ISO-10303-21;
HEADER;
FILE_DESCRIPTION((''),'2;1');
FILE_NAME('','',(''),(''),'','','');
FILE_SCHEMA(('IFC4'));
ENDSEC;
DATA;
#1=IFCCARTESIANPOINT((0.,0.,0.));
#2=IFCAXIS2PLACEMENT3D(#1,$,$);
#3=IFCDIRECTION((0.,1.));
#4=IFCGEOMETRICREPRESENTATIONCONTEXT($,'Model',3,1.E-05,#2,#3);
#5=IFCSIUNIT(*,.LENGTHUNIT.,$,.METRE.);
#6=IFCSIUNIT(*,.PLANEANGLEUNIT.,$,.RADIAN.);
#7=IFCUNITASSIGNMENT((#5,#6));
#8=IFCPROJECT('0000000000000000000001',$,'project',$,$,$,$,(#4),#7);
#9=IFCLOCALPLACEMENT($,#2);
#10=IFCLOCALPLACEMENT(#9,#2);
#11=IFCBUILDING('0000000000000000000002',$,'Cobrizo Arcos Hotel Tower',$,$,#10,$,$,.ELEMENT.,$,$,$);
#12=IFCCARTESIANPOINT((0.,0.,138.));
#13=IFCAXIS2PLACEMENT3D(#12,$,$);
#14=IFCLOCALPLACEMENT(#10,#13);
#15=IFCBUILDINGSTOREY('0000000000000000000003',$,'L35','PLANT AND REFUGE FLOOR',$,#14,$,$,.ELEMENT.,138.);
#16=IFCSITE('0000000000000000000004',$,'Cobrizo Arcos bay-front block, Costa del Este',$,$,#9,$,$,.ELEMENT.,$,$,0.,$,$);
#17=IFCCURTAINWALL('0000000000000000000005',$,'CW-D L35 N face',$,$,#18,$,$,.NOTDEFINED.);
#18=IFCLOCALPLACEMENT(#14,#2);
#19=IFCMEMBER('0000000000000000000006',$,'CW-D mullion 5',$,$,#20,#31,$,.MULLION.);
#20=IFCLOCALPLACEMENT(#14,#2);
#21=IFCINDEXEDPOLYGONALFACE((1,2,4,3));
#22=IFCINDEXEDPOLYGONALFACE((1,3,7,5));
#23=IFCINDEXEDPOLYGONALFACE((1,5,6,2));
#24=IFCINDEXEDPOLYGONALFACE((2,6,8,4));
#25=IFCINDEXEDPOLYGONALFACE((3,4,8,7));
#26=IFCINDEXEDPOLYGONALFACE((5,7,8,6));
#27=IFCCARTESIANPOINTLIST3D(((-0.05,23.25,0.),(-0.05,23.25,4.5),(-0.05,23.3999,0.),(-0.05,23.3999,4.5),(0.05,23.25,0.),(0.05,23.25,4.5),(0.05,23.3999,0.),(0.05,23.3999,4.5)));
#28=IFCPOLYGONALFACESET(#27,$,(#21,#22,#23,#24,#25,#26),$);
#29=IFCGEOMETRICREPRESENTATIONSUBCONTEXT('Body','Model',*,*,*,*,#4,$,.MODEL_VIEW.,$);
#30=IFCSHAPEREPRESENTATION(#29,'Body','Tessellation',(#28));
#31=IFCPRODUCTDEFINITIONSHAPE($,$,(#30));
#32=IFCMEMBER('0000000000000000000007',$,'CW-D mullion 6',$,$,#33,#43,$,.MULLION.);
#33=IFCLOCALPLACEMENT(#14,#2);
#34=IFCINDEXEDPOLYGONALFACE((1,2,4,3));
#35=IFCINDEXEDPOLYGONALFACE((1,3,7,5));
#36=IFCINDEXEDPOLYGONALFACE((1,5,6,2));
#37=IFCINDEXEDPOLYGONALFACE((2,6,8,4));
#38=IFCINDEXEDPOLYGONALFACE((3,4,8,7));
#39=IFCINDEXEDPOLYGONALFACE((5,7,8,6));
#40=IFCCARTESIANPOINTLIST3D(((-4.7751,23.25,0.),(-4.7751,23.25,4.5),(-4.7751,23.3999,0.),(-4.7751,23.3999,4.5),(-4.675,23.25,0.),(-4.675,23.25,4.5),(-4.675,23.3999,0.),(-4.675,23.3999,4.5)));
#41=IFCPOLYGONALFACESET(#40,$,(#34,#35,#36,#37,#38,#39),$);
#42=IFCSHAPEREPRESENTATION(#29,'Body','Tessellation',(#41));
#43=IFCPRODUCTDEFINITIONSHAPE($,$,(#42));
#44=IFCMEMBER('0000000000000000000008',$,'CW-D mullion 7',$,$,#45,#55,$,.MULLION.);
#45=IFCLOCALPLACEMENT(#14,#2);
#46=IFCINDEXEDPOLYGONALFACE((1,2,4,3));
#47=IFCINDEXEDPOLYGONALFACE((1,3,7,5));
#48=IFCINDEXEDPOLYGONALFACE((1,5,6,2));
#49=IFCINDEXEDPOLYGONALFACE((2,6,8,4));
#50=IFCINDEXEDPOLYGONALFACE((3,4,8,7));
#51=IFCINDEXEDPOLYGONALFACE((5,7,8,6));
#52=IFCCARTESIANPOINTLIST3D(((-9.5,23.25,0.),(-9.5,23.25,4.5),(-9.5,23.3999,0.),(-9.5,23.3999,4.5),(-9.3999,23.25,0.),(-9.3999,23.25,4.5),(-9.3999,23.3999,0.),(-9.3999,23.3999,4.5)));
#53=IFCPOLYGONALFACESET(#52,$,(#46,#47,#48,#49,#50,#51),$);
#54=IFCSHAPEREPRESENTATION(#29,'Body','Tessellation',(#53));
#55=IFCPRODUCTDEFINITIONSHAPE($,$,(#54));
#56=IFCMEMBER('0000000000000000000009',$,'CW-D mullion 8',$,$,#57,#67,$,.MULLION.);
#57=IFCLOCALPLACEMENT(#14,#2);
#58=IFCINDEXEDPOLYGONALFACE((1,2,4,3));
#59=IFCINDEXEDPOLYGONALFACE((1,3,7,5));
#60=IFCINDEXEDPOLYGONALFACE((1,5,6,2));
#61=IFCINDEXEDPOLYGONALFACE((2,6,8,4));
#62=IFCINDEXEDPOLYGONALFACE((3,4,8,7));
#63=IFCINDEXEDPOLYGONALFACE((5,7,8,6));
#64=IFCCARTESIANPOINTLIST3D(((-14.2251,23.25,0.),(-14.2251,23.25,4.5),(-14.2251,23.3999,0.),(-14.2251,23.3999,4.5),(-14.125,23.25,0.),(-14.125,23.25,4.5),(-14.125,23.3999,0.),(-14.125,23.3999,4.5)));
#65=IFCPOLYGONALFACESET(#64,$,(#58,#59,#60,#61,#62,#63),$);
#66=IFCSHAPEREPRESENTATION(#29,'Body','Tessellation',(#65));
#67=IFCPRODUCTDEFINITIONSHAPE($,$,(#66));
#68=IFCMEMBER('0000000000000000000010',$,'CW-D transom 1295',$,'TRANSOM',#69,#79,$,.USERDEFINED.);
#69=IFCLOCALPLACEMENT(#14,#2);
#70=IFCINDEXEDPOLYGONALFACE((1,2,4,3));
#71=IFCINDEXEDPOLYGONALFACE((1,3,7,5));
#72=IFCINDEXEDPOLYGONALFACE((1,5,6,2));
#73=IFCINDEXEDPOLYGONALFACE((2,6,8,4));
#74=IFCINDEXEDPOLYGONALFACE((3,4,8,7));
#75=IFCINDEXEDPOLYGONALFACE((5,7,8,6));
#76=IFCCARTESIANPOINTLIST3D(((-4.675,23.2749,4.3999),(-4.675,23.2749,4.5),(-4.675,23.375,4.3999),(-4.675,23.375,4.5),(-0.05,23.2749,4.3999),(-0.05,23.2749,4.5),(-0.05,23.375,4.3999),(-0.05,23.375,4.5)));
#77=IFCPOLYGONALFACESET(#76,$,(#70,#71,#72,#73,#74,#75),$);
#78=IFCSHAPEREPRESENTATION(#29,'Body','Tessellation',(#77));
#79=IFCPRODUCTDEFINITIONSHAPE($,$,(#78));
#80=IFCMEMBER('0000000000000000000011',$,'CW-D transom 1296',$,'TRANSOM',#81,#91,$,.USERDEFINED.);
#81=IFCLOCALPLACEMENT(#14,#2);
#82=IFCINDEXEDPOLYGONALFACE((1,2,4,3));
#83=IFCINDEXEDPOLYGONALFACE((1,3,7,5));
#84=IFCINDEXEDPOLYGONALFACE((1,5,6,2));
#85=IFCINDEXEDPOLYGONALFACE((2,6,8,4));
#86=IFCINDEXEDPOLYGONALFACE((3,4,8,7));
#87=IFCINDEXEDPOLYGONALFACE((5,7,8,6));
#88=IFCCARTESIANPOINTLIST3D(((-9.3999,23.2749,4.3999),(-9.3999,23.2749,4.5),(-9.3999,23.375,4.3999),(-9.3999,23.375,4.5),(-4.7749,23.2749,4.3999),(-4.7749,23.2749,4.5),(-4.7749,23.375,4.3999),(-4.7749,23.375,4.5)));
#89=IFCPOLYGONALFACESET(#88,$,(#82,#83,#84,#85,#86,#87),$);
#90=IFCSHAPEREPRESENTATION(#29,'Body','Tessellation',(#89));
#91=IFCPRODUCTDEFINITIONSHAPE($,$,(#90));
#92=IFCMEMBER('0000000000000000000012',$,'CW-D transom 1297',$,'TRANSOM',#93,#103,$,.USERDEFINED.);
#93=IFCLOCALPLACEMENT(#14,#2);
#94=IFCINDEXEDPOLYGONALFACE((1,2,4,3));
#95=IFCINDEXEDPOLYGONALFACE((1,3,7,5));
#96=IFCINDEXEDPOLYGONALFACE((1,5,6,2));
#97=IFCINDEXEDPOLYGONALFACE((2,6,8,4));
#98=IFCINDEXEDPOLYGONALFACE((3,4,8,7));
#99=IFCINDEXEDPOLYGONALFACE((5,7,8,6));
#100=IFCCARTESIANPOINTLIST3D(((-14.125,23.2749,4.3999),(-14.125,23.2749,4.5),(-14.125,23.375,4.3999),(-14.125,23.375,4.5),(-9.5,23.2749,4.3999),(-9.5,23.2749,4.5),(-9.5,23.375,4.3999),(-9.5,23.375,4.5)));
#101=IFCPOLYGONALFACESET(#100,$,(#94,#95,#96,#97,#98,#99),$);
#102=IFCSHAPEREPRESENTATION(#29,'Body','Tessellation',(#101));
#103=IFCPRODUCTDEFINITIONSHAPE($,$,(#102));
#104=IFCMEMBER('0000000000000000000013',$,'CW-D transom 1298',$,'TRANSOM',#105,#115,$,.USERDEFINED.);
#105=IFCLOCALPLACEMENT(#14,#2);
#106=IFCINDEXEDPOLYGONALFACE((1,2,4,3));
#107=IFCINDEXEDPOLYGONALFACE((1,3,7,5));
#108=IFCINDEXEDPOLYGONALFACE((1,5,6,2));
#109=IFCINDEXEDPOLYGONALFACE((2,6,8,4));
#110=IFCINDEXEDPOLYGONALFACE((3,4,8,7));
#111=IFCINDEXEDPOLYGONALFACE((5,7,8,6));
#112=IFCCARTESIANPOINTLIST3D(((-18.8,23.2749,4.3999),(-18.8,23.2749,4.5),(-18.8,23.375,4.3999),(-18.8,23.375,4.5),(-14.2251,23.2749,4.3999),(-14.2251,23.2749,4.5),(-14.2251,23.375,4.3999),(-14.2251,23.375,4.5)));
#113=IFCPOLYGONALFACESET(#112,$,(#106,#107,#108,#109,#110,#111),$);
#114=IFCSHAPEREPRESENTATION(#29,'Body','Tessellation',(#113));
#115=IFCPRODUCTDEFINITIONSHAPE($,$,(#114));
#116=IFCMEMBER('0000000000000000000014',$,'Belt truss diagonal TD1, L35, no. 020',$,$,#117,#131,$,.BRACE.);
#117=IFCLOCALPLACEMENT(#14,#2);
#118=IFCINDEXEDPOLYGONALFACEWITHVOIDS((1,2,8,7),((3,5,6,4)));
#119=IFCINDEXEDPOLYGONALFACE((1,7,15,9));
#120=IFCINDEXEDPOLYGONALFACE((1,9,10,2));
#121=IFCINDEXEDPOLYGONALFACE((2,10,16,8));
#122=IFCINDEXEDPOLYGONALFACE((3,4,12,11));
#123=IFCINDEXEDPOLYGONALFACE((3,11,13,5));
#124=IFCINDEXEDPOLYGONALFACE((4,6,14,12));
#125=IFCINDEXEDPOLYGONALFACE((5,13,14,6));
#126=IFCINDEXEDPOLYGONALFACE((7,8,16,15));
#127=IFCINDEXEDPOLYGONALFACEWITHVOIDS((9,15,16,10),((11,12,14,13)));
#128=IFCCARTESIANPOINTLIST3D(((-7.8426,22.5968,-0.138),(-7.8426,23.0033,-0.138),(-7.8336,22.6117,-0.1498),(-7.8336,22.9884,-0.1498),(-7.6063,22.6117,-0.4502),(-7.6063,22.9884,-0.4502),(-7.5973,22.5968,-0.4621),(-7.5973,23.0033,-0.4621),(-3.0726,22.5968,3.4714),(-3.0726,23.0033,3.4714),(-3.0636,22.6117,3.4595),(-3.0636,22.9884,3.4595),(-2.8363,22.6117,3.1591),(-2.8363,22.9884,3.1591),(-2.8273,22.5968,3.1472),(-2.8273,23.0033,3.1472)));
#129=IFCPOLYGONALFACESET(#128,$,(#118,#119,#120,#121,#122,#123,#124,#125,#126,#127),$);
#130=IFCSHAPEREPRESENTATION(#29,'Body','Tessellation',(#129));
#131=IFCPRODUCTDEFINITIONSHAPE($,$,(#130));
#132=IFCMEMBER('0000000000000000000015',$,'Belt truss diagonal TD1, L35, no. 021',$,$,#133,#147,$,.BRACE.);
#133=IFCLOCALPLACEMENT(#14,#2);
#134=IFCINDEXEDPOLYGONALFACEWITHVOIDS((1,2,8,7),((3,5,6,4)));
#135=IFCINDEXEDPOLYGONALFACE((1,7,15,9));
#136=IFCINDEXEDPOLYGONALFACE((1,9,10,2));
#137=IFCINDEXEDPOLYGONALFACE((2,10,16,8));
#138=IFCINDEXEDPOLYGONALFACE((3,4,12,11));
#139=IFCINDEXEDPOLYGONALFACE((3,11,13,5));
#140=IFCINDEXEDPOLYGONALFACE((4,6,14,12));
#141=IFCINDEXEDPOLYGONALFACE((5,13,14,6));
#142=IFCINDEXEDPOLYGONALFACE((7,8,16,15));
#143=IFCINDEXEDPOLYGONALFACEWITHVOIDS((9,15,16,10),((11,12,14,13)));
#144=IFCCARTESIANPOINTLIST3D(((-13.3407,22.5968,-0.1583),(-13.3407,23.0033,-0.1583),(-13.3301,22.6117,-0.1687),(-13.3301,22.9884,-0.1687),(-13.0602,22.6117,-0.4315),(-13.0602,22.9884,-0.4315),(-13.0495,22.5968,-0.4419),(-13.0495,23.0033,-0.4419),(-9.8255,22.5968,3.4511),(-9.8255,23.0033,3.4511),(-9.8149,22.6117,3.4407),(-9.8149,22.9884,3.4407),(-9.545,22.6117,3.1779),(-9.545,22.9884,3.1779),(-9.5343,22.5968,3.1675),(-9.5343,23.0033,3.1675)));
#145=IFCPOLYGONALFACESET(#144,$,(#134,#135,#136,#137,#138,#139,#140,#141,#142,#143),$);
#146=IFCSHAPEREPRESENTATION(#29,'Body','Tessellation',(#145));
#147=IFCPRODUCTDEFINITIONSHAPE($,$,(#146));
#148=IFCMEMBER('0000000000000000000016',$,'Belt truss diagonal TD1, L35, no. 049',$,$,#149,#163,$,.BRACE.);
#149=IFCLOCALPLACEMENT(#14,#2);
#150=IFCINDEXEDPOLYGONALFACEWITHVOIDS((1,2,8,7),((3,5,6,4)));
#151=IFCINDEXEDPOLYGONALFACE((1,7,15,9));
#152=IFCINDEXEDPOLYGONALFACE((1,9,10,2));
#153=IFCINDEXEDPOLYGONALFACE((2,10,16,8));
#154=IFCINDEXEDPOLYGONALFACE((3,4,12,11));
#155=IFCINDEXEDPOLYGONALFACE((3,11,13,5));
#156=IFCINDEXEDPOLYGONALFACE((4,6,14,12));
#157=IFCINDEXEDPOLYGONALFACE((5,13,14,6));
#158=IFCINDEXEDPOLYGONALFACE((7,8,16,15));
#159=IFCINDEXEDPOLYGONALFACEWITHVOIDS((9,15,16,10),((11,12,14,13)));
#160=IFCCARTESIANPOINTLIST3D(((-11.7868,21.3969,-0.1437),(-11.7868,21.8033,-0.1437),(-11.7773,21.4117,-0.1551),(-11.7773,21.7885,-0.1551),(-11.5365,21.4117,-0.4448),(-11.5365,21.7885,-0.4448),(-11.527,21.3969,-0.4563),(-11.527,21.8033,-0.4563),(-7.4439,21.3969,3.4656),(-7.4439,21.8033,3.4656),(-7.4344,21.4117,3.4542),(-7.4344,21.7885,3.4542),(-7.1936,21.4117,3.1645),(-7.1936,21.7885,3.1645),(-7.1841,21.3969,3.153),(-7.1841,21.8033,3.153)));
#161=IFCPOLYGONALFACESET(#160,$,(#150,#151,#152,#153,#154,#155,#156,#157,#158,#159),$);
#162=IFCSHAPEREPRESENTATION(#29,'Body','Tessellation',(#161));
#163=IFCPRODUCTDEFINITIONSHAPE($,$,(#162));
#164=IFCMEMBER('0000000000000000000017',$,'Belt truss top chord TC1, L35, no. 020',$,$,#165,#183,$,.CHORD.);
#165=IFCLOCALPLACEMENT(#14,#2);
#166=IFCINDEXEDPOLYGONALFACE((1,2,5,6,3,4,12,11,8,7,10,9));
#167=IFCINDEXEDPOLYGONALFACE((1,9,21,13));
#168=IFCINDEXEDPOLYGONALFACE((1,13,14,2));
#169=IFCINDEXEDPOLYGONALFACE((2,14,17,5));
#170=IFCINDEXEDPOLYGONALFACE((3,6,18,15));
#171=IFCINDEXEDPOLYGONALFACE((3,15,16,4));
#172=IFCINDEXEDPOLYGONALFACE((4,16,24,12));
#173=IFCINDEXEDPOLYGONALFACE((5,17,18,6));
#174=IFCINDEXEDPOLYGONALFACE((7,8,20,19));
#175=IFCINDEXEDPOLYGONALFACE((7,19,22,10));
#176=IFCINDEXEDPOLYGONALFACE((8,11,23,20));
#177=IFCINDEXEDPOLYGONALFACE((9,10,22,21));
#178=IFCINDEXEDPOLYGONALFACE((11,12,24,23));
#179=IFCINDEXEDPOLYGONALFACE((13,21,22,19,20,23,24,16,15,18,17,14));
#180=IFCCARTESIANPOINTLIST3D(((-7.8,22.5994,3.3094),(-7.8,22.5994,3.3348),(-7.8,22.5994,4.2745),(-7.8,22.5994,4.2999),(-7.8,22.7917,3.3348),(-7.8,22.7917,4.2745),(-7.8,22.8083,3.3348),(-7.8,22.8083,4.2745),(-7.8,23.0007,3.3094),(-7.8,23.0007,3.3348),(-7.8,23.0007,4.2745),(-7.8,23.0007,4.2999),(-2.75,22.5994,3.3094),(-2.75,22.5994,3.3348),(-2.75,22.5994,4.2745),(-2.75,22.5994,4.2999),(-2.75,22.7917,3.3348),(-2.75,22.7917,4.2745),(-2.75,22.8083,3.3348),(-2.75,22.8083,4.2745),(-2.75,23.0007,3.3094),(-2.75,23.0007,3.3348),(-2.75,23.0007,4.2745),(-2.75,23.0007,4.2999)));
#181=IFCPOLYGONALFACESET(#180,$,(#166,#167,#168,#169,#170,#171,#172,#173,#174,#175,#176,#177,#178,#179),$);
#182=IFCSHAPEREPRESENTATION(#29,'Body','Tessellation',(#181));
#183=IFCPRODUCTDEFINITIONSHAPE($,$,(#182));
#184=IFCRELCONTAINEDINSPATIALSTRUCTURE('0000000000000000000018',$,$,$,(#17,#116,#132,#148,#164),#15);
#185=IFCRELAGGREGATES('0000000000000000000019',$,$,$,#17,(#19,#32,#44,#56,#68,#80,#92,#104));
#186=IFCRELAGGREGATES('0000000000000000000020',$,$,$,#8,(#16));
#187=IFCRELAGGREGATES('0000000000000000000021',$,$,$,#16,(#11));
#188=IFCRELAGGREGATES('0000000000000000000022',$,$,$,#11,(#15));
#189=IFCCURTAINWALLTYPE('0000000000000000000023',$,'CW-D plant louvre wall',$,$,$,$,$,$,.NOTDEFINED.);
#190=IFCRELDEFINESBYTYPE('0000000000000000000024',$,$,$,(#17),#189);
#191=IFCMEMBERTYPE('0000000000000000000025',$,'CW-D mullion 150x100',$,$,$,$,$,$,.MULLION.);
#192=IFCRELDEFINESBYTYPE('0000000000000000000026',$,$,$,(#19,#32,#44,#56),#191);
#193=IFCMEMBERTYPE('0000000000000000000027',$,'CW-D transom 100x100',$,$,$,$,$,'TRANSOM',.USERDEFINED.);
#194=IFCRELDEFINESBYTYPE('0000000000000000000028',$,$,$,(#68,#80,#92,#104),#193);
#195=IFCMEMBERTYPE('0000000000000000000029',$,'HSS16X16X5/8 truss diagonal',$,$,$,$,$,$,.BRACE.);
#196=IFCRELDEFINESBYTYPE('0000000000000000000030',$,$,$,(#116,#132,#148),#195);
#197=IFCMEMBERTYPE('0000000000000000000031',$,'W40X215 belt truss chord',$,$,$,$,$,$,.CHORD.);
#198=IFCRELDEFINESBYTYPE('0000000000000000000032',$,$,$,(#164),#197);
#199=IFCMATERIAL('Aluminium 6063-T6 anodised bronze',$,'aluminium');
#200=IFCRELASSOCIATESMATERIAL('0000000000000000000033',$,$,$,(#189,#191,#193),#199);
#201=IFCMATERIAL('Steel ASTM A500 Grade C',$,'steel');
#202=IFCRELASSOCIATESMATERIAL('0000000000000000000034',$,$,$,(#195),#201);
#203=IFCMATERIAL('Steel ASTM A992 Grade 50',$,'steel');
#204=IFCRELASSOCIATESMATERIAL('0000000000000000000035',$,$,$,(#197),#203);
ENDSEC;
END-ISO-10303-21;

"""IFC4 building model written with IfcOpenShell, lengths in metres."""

from ifc_helpers import new_model, si_unit, direction, frame, origin, origin_2d, place, context, subcontext, project, spatial, rectangle, hollow_rectangle, i_section, extrude, material, material_profile, profile_set, type_object, element, aggregate, save


model = new_model("IFC4")

# Units and contexts
model_context = context("Model", 3, precision=1e-05, world=origin(), true_north=direction((0.0, 1.0)))
body_context = subcontext(model_context, "Body", "Model", "MODEL_VIEW")
ifc_project = project(units=[si_unit("LENGTHUNIT", "METRE"), si_unit("PLANEANGLEUNIT", "RADIAN")], contexts=[model_context])

# Site, building, storey
site_placement = place(None, origin())
site = spatial("IfcSite", under=ifc_project, at=site_placement, Name="Cobrizo Arcos bay-front block, Costa del Este", CompositionType="ELEMENT", RefElevation=0.0)
building_placement = place(site_placement, origin())
building = spatial("IfcBuilding", under=site, at=building_placement, Name="Cobrizo Arcos Hotel Tower", CompositionType="ELEMENT")
storey_placement = place(building_placement, frame((0.0, 0.0, 138.0)))
storey = spatial("IfcBuildingStorey", under=building, at=storey_placement, Name="L35", Description="PLANT AND REFUGE FLOOR", CompositionType="ELEMENT", Elevation=138.0)

# Curtain wall, members
ifc_material_1 = material(Name="Aluminium 6063-T6 anodised bronze", Category="aluminium")
curtain_wall_type = type_object("IfcCurtainWallType", Name="CW-D plant louvre wall", PredefinedType="NOTDEFINED", material=ifc_material_1)
curtain_wall_placement = place(storey_placement, origin())
curtain_wall = element("IfcCurtainWall", 1, at=curtain_wall_placement, inside=storey, type_object=curtain_wall_type, Name="CW-D L35 N face", PredefinedType="NOTDEFINED")
ifc_material_profile_1 = material_profile(ifc_material_1, rectangle(XDim=0.1499, YDim=0.1001, at=origin_2d()), Name="CW-D mullion 150x100")
ifc_profile_set_1 = profile_set([ifc_material_profile_1], Name="Aluminium 6063-T6 anodised bronze")
member_type_1 = type_object("IfcMemberType", Name="CW-D mullion 150x100", PredefinedType="MULLION", material=ifc_profile_set_1)
member_1_placement = place(storey_placement, frame((0.0, 23.325, 0.0), z_axis=(0.0, 0.0, 1.0), x_axis=(0.0, 1.0, 0.0)))
member_1 = element("IfcMember", 2, at=member_1_placement, type_object=member_type_1, Name="CW-D mullion 5", PredefinedType="MULLION", context=body_context, shape_type="SweptSolid", body=[
    extrude(rectangle(XDim=0.1499, YDim=0.1001, at=origin_2d()), origin(), (0.0, 0.0, 1.0), 4.5),
])
member_2_placement = place(storey_placement, frame((-4.7251, 23.325, 0.0), z_axis=(0.0, 0.0, 1.0), x_axis=(0.0, 1.0, 0.0)))
member_2 = element("IfcMember", 3, at=member_2_placement, type_object=member_type_1, Name="CW-D mullion 6", PredefinedType="MULLION", context=body_context, shape_type="SweptSolid", body=[
    extrude(rectangle(XDim=0.1499, YDim=0.1001, at=origin_2d()), origin(), (0.0, 0.0, 1.0), 4.5),
])
member_3_placement = place(storey_placement, frame((-9.45, 23.325, 0.0), z_axis=(0.0, 0.0, 1.0), x_axis=(0.0, 1.0, 0.0)))
member_3 = element("IfcMember", 4, at=member_3_placement, type_object=member_type_1, Name="CW-D mullion 7", PredefinedType="MULLION", context=body_context, shape_type="SweptSolid", body=[
    extrude(rectangle(XDim=0.1499, YDim=0.1001, at=origin_2d()), origin(), (0.0, 0.0, 1.0), 4.5),
])
member_4_placement = place(storey_placement, frame((-14.175, 23.325, 0.0), z_axis=(0.0, 0.0, 1.0), x_axis=(0.0, 1.0, 0.0)))
member_4 = element("IfcMember", 5, at=member_4_placement, type_object=member_type_1, Name="CW-D mullion 8", PredefinedType="MULLION", context=body_context, shape_type="SweptSolid", body=[
    extrude(rectangle(XDim=0.1499, YDim=0.1001, at=origin_2d()), origin(), (0.0, 0.0, 1.0), 4.5),
])
ifc_material_profile_2 = material_profile(ifc_material_1, rectangle(XDim=0.1001, YDim=0.1001, at=origin_2d()), Name="CW-D transom 100x100")
ifc_profile_set_2 = profile_set([ifc_material_profile_2], Name="Aluminium 6063-T6 anodised bronze")
member_type_2 = type_object("IfcMemberType", Name="CW-D transom 100x100", ElementType="TRANSOM", PredefinedType="USERDEFINED", material=ifc_profile_set_2)
member_5_placement = place(storey_placement, frame((-0.05, 23.325, 4.45), z_axis=(-1.0, 0.0, 0.0), x_axis=(0.0, -1.0, 0.0)))
member_5 = element("IfcMember", 6, at=member_5_placement, type_object=member_type_2, Name="CW-D transom 1295", ObjectType="TRANSOM", PredefinedType="USERDEFINED", context=body_context, shape_type="SweptSolid", body=[
    extrude(rectangle(XDim=0.1001, YDim=0.1001, at=origin_2d()), origin(), (0.0, 0.0, 1.0), 4.625),
])
member_6_placement = place(storey_placement, frame((-4.7749, 23.325, 4.45), z_axis=(-1.0, 0.0, 0.0), x_axis=(0.0, -1.0, 0.0)))
member_6 = element("IfcMember", 7, at=member_6_placement, type_object=member_type_2, Name="CW-D transom 1296", ObjectType="TRANSOM", PredefinedType="USERDEFINED", context=body_context, shape_type="SweptSolid", body=[
    extrude(rectangle(XDim=0.1001, YDim=0.1001, at=origin_2d()), origin(), (0.0, 0.0, 1.0), 4.625),
])
member_7_placement = place(storey_placement, frame((-9.5, 23.325, 4.45), z_axis=(-1.0, 0.0, 0.0), x_axis=(0.0, -1.0, 0.0)))
member_7 = element("IfcMember", 8, at=member_7_placement, type_object=member_type_2, Name="CW-D transom 1297", ObjectType="TRANSOM", PredefinedType="USERDEFINED", context=body_context, shape_type="SweptSolid", body=[
    extrude(rectangle(XDim=0.1001, YDim=0.1001, at=origin_2d()), origin(), (0.0, 0.0, 1.0), 4.625),
])
member_8_placement = place(storey_placement, frame((-14.2251, 23.325, 4.45), z_axis=(-1.0, 0.0, 0.0), x_axis=(0.0, -1.0, 0.0)))
member_8 = element("IfcMember", 9, at=member_8_placement, type_object=member_type_2, Name="CW-D transom 1298", ObjectType="TRANSOM", PredefinedType="USERDEFINED", context=body_context, shape_type="SweptSolid", body=[
    extrude(rectangle(XDim=0.1001, YDim=0.1001, at=origin_2d()), origin(), (0.0, 0.0, 1.0), 4.575),
])

# Members
ifc_material_2 = material(Name="Steel ASTM A500 Grade C", Category="steel")
ifc_material_profile_3 = material_profile(ifc_material_2, hollow_rectangle(XDim=0.4065, YDim=0.4065, WallThickness=0.0149, at=origin_2d()), Name="HSS16X16X5/8")
ifc_profile_set_3 = profile_set([ifc_material_profile_3], Name="Steel ASTM A500 Grade C")
member_type_3 = type_object("IfcMemberType", Name="HSS16X16X5/8 truss diagonal", PredefinedType="BRACE", material=ifc_profile_set_3)
member_9_placement = place(storey_placement, frame((-2.95, 22.8, 3.3093), z_axis=(-0.797436, 0.0, -0.603403), x_axis=(0.0, -1.0, 0.0)))
element("IfcMember", 10, at=member_9_placement, inside=storey, type_object=member_type_3, Name="Belt truss diagonal TD1, L35, no. 020", PredefinedType="BRACE", context=body_context, shape_type="SweptSolid", body=[
    extrude(hollow_rectangle(XDim=0.4065, YDim=0.4065, WallThickness=0.0149, at=origin_2d()), origin(), (0.0, 0.0, 1.0), 5.9817),
])
member_10_placement = place(storey_placement, frame((-9.6799, 22.8, 3.3093), z_axis=(-0.697693, 0.0, -0.716397), x_axis=(0.0, -1.0, 0.0)))
element("IfcMember", 11, at=member_10_placement, inside=storey, type_object=member_type_3, Name="Belt truss diagonal TD1, L35, no. 021", PredefinedType="BRACE", context=body_context, shape_type="SweptSolid", body=[
    extrude(hollow_rectangle(XDim=0.4065, YDim=0.4065, WallThickness=0.0149, at=origin_2d()), origin(), (0.0, 0.0, 1.0), 5.0383),
])
member_11_placement = place(storey_placement, frame((-7.314, 21.6001, 3.3093), z_axis=(-0.769075, 0.0, -0.639159), x_axis=(0.0, -1.0, 0.0)))
element("IfcMember", 12, at=member_11_placement, inside=storey, type_object=member_type_3, Name="Belt truss diagonal TD1, L35, no. 049", PredefinedType="BRACE", context=body_context, shape_type="SweptSolid", body=[
    extrude(hollow_rectangle(XDim=0.4065, YDim=0.4065, WallThickness=0.0149, at=origin_2d()), origin(), (0.0, 0.0, 1.0), 5.647),
])
ifc_material_3 = material(Name="Steel ASTM A992 Grade 50", Category="steel")
ifc_material_profile_4 = material_profile(ifc_material_3, i_section(OverallWidth=0.4014, OverallDepth=0.9905, WebThickness=0.0166, FlangeThickness=0.0254, at=origin_2d()), Name="W40X215")
ifc_profile_set_4 = profile_set([ifc_material_profile_4], Name="Steel ASTM A992 Grade 50")
member_type_4 = type_object("IfcMemberType", Name="W40X215 belt truss chord", PredefinedType="CHORD", material=ifc_profile_set_4)
member_12_placement = place(storey_placement, frame((-2.75, 22.8, 3.8047), z_axis=(-1.0, 0.0, 0.0), x_axis=(0.0, -1.0, 0.0)))
element("IfcMember", 13, at=member_12_placement, inside=storey, type_object=member_type_4, Name="Belt truss top chord TC1, L35, no. 020", PredefinedType="CHORD", context=body_context, shape_type="SweptSolid", body=[
    extrude(i_section(OverallWidth=0.4014, OverallDepth=0.9905, WebThickness=0.0166, FlangeThickness=0.0254, at=origin_2d()), origin(), (0.0, 0.0, 1.0), 5.05),
])

aggregate(curtain_wall, [member_1, member_2, member_3, member_4, member_5, member_6, member_7, member_8])

save(model, "model.ifc")
